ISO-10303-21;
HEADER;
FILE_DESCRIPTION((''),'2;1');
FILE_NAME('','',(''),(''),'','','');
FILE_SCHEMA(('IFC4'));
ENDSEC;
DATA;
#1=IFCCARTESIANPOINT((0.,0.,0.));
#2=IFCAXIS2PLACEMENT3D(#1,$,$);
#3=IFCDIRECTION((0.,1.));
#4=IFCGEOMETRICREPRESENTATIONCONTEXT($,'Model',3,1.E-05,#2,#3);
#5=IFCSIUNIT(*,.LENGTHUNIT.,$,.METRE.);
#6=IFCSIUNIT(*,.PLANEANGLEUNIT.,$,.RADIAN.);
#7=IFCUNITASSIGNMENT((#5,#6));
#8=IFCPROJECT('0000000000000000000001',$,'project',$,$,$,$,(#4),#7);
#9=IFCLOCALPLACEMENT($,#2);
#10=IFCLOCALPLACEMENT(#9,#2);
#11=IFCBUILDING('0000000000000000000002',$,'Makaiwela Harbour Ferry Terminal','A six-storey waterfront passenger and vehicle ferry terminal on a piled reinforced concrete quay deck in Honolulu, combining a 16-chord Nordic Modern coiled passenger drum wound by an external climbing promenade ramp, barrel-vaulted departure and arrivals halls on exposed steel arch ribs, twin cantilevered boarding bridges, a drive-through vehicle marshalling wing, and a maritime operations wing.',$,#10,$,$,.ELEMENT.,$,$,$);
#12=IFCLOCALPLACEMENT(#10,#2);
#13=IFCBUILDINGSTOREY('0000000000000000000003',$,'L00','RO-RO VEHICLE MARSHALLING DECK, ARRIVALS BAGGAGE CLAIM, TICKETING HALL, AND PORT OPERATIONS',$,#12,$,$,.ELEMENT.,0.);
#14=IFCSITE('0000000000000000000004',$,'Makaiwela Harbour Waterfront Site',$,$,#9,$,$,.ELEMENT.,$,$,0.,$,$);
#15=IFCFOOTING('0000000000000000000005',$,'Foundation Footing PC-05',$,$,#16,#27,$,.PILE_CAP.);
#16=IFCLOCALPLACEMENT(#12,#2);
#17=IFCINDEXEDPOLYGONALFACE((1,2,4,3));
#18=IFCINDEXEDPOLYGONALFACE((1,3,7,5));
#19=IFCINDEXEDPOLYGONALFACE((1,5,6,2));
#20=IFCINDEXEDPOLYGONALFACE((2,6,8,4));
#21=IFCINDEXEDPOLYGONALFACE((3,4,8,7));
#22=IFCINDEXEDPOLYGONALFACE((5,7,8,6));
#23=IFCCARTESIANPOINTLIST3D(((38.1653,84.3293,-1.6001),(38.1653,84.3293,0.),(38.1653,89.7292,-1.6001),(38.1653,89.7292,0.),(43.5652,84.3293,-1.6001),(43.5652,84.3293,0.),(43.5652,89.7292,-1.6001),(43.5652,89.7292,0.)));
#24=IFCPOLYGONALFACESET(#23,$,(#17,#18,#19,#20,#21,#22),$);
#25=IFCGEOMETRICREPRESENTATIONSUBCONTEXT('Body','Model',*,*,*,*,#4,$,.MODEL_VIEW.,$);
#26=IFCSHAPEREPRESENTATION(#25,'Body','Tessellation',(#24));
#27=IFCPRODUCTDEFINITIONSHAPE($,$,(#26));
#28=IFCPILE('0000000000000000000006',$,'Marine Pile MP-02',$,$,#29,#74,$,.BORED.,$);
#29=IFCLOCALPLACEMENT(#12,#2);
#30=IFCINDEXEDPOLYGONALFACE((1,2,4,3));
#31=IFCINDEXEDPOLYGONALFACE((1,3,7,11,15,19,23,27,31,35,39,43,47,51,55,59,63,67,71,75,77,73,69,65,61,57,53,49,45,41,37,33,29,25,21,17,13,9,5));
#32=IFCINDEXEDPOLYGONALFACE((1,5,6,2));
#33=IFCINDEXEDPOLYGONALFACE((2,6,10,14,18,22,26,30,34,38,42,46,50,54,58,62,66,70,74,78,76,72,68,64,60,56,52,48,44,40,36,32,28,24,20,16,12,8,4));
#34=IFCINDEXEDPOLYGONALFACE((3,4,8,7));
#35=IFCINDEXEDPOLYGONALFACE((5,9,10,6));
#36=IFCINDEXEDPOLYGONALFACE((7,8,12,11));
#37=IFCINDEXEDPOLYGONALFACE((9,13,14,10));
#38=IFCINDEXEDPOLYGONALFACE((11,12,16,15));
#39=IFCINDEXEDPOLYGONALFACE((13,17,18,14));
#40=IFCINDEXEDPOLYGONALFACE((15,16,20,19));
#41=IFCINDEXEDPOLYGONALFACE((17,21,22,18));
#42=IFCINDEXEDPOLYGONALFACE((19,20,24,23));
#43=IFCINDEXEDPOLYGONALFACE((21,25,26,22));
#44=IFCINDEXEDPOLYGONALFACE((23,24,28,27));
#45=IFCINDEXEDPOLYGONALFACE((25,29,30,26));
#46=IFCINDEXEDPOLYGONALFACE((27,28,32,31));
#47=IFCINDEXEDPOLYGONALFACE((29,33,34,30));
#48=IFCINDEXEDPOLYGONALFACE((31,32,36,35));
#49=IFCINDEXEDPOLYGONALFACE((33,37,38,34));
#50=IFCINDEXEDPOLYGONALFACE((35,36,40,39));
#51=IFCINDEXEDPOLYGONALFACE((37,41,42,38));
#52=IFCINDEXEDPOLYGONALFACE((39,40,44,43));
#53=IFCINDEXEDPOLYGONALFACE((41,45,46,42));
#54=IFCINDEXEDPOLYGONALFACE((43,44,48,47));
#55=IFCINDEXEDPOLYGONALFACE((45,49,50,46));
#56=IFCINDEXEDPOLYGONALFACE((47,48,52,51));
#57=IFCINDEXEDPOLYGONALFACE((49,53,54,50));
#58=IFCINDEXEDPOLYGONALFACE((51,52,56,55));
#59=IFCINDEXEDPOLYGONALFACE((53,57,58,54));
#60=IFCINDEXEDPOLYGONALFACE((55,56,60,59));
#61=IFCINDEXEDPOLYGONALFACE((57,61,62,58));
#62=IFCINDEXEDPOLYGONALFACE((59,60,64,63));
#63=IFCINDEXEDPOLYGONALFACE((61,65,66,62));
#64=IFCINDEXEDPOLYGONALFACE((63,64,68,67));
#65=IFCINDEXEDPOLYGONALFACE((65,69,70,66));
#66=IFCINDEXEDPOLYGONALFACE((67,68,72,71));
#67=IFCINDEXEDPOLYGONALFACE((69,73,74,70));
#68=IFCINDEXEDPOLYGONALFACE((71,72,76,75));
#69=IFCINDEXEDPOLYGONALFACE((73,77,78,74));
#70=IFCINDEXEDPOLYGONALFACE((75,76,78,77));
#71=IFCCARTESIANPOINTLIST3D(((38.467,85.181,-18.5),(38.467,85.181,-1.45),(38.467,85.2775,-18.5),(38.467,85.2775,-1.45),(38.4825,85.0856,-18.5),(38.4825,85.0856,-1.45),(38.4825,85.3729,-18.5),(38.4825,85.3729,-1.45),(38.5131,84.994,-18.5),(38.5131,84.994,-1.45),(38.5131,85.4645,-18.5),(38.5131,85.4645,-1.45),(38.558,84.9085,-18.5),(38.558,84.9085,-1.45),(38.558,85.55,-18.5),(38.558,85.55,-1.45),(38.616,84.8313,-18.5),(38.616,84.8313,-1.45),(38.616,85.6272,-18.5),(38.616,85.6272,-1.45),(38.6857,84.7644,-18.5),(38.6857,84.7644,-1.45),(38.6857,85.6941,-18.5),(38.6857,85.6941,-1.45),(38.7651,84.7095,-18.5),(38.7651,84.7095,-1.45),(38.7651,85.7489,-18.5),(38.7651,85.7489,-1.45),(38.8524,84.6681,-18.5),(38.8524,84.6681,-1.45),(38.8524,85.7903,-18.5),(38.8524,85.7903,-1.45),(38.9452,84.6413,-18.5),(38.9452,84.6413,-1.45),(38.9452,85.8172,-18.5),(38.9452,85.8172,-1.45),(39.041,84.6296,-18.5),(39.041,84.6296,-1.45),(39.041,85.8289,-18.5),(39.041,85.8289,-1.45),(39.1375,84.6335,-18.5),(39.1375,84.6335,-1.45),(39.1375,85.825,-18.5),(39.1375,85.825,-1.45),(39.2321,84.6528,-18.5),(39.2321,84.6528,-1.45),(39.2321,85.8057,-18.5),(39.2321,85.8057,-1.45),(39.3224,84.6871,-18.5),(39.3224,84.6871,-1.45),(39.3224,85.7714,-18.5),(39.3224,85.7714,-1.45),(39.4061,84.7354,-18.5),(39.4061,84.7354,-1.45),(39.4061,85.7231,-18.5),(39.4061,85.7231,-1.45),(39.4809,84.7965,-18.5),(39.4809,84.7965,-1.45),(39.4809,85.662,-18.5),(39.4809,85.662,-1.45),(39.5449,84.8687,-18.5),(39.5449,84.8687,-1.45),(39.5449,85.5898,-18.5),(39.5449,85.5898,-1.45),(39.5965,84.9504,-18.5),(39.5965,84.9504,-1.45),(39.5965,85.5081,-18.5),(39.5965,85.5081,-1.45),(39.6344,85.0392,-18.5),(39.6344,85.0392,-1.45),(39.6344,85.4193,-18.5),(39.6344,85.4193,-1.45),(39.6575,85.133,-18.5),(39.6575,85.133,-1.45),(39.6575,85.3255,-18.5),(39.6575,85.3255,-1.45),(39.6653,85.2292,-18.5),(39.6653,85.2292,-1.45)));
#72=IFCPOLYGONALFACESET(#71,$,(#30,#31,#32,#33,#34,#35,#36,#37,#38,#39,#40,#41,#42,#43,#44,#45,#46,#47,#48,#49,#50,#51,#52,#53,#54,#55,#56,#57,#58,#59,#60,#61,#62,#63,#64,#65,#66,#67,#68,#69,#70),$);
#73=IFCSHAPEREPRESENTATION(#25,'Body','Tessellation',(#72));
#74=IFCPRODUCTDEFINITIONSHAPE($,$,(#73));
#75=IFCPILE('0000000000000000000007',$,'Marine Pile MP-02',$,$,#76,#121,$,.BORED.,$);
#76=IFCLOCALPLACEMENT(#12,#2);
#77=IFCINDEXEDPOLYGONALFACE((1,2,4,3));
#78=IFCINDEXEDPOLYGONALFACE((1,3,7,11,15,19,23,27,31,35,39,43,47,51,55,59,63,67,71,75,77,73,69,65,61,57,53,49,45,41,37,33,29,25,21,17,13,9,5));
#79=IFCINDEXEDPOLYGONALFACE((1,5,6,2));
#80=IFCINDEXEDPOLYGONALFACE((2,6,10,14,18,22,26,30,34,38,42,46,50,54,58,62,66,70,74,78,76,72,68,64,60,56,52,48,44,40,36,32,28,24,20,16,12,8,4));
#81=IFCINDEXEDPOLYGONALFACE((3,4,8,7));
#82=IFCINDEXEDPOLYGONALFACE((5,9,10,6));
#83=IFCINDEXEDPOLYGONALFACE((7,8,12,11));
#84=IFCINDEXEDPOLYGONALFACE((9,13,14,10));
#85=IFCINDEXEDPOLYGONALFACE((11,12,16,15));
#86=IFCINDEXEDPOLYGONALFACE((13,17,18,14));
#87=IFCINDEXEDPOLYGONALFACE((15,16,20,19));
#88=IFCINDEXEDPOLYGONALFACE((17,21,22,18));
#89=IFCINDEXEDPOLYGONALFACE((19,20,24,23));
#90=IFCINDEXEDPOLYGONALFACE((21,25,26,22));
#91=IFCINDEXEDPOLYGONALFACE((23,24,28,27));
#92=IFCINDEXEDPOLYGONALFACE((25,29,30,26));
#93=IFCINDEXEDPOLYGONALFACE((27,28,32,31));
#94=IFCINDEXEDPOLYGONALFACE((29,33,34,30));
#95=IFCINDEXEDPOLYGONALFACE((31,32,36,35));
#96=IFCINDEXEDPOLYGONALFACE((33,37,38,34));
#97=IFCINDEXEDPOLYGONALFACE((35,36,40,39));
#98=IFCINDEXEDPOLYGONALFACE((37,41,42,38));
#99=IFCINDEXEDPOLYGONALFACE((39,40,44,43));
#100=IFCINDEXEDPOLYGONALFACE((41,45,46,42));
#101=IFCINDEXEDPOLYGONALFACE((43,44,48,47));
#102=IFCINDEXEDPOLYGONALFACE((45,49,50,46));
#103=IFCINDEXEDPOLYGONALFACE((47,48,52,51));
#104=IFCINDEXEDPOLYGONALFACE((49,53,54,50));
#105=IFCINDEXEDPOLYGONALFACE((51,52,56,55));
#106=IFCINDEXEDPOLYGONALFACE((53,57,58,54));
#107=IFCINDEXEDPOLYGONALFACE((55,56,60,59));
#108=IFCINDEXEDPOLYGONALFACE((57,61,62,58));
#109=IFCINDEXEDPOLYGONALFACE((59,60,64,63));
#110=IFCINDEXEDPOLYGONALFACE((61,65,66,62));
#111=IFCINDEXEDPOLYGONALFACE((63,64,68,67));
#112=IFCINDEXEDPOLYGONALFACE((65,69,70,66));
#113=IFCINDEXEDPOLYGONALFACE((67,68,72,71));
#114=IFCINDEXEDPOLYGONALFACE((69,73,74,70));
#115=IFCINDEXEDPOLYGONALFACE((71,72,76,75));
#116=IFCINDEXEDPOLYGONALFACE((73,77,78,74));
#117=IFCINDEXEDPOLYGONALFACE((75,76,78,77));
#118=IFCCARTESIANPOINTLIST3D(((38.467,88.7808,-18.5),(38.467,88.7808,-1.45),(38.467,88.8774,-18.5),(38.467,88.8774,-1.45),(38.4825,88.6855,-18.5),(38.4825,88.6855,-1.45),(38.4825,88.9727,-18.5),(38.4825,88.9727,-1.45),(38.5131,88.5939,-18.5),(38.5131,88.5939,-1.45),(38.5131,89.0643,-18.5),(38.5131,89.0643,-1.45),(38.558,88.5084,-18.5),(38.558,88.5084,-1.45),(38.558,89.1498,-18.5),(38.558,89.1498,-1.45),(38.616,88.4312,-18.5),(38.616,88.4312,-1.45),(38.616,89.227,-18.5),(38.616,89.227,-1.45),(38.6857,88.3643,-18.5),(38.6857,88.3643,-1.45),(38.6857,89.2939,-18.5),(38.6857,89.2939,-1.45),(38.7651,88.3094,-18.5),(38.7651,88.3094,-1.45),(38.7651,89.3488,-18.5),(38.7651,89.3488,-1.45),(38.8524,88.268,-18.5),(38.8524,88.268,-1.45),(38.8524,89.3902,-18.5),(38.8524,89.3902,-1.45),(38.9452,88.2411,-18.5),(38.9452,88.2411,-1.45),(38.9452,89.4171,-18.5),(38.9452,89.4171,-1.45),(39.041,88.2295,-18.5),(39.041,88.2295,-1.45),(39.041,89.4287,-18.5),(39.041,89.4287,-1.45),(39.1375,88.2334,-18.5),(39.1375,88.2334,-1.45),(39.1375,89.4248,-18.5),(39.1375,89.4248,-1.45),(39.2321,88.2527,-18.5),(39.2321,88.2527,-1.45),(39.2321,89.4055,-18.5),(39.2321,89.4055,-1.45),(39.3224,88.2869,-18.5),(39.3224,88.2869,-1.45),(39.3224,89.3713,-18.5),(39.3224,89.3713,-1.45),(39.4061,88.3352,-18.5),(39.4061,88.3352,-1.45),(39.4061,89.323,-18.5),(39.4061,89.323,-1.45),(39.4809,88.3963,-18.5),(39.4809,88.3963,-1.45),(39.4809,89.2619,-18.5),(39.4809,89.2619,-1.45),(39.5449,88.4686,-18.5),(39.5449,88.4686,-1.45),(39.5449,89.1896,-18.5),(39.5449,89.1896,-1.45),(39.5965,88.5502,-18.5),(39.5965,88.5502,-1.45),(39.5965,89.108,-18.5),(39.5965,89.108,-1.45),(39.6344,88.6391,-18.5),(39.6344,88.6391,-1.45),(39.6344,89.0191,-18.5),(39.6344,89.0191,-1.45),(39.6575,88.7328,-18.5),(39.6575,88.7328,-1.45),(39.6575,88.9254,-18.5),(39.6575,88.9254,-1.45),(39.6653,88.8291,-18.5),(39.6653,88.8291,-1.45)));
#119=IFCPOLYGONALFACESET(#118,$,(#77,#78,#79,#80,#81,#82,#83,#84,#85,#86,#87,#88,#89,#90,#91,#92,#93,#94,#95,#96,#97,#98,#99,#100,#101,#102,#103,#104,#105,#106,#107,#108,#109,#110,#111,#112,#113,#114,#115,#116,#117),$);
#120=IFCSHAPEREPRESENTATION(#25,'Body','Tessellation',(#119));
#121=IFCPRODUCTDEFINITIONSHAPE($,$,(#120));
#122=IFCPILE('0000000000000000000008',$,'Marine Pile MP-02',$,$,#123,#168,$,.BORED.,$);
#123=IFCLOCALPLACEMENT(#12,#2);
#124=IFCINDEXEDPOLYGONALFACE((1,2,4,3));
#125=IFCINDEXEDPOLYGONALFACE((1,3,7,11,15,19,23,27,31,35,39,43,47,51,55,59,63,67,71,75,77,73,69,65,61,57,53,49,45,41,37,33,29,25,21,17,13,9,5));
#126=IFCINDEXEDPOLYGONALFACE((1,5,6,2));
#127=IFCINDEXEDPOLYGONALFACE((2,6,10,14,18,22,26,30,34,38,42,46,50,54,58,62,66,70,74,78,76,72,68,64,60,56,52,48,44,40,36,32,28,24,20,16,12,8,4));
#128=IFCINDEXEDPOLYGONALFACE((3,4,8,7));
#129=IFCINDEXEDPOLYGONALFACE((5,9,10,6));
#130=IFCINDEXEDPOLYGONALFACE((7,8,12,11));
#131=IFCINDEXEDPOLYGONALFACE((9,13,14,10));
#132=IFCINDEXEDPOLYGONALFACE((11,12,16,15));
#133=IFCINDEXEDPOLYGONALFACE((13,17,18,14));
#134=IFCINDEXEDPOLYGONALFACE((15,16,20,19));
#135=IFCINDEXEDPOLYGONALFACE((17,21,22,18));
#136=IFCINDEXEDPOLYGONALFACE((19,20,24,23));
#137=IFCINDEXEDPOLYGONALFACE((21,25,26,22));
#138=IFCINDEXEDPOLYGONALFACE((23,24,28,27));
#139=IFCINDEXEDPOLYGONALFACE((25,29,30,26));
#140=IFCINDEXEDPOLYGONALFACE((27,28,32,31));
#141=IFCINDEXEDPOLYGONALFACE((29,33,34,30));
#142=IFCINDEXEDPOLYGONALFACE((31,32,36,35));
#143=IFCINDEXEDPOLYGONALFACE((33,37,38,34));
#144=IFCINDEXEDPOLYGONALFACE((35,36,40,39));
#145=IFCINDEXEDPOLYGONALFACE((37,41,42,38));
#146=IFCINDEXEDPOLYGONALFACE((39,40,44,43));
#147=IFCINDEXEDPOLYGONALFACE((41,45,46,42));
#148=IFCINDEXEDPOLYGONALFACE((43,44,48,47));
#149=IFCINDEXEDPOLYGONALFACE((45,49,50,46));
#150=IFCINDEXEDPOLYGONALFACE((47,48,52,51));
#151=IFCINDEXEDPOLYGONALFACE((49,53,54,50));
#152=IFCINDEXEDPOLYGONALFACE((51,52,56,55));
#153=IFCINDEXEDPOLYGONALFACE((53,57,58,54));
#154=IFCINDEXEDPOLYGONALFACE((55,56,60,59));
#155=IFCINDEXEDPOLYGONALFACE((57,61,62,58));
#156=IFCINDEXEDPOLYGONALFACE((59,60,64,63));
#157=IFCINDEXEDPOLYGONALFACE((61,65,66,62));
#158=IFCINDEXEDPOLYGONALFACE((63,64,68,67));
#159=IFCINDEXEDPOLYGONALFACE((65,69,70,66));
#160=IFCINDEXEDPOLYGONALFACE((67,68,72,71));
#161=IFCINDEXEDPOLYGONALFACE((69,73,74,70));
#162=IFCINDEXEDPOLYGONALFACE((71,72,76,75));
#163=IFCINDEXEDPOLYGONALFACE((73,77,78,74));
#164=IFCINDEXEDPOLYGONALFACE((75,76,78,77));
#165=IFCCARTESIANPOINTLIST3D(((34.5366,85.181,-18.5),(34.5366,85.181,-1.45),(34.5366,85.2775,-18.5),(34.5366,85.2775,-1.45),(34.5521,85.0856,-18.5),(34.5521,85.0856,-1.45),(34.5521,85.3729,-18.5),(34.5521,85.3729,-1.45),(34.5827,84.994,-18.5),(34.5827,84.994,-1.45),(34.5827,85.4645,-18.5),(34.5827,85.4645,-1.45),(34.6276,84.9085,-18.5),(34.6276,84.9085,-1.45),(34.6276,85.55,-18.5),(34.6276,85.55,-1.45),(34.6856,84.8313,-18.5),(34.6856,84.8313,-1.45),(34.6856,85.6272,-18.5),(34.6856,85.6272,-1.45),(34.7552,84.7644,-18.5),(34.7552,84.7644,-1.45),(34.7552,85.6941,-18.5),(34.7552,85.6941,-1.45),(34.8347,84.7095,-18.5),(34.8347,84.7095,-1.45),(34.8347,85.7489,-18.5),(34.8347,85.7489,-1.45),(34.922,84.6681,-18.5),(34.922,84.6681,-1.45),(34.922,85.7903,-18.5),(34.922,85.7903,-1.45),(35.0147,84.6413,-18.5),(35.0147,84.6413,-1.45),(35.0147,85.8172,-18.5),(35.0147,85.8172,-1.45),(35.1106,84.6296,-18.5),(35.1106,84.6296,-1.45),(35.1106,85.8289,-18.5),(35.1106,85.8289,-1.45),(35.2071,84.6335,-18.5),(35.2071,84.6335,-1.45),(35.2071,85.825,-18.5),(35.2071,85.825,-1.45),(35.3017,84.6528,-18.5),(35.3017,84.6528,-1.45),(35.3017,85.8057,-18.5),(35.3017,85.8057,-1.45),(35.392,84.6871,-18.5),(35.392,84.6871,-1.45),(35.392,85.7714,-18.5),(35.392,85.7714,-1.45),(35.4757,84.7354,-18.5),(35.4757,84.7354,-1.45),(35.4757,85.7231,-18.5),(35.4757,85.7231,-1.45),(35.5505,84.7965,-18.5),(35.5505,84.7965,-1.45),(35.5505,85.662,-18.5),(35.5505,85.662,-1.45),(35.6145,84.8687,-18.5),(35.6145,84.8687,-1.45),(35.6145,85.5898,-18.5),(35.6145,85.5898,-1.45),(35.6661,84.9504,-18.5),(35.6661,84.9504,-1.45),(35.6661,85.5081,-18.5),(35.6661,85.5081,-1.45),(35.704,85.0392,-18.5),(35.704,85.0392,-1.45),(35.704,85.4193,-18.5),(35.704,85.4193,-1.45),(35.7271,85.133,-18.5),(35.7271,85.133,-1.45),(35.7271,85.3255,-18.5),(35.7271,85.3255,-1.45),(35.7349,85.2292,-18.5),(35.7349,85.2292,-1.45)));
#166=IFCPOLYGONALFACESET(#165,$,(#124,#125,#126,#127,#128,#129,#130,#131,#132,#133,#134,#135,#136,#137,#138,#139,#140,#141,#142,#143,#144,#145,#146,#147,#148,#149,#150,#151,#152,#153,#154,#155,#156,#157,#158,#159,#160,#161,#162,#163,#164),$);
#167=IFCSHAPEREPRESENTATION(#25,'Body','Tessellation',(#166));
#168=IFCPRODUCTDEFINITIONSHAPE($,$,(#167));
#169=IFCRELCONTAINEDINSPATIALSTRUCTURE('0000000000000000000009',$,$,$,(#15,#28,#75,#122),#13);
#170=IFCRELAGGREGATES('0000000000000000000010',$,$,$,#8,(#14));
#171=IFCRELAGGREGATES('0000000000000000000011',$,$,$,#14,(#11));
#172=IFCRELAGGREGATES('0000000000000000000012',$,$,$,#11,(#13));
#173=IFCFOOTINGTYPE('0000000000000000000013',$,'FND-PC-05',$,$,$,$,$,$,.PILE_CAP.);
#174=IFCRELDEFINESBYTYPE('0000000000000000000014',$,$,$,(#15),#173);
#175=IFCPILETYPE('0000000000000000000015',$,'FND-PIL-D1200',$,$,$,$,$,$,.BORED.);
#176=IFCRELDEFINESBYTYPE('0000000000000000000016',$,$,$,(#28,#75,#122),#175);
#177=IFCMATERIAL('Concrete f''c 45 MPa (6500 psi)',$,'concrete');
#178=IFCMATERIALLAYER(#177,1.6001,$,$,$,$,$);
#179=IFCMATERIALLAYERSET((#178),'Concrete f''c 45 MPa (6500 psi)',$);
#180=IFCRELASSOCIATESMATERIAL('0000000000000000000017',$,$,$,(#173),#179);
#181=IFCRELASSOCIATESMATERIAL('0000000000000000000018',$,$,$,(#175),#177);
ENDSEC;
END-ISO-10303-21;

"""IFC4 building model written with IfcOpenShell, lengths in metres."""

from ifc_helpers import new_model, si_unit, direction, frame, origin, origin_2d, place, context, subcontext, project, spatial, rectangle, circle, extrude, material, layer, layer_set, material_profile, profile_set, type_object, element, save


model = new_model("IFC4")

# Units and contexts
model_context = context("Model", 3, precision=1e-05, world=origin(), true_north=direction((0.0, 1.0)))
body_context = subcontext(model_context, "Body", "Model", "MODEL_VIEW")
ifc_project = project(units=[si_unit("LENGTHUNIT", "METRE"), si_unit("PLANEANGLEUNIT", "RADIAN")], contexts=[model_context])

# Site, building, storey
site_placement = place(None, origin())
site = spatial("IfcSite", under=ifc_project, at=site_placement, Name="Makaiwela Harbour Waterfront Site", CompositionType="ELEMENT", RefElevation=0.0)
building_placement = place(site_placement, origin())
building = spatial("IfcBuilding", under=site, at=building_placement, Name="Makaiwela Harbour Ferry Terminal", Description="A six-storey waterfront passenger and vehicle ferry terminal on a piled reinforced concrete quay deck in Honolulu, combining a 16-chord Nordic Modern coiled passenger drum wound by an external climbing promenade ramp, barrel-vaulted departure and arrivals halls on exposed steel arch ribs, twin cantilevered boarding bridges, a drive-through vehicle marshalling wing, and a maritime operations wing.", CompositionType="ELEMENT")
storey_placement = place(building_placement, origin())
storey = spatial("IfcBuildingStorey", under=building, at=storey_placement, Name="L00", Description="RO-RO VEHICLE MARSHALLING DECK, ARRIVALS BAGGAGE CLAIM, TICKETING HALL, AND PORT OPERATIONS", CompositionType="ELEMENT", Elevation=0.0)

# Footing
ifc_material_1 = material(Name="Concrete f'c 45 MPa (6500 psi)", Category="concrete")
ifc_layer_1 = layer(ifc_material_1, 1.6001)
ifc_layer_set_1 = layer_set([ifc_layer_1], Name="Concrete f'c 45 MPa (6500 psi)")
footing_type = type_object("IfcFootingType", Name="FND-PC-05", PredefinedType="PILE_CAP", material=ifc_layer_set_1)
footing_placement = place(storey_placement, frame((40.8652, 87.0293, -1.6001), z_axis=(0.0, 0.0, 1.0), x_axis=(1.0, 0.0, 0.0)))
element("IfcFooting", 1, at=footing_placement, inside=storey, type_object=footing_type, Name="Foundation Footing PC-05", PredefinedType="PILE_CAP", context=body_context, shape_type="SweptSolid", body=[
    extrude(rectangle(XDim=5.3999, YDim=5.3999, at=origin_2d()), origin(), (0.0, 0.0, 1.0), 1.6001),
])

# Piles
ifc_material_profile_1 = material_profile(ifc_material_1, circle(Radius=0.6001, at=origin_2d()), Name="PILE-D1200")
ifc_profile_set_1 = profile_set([ifc_material_profile_1], Name="Concrete f'c 45 MPa (6500 psi)")
pile_type = type_object("IfcPileType", Name="FND-PIL-D1200", PredefinedType="BORED", material=ifc_profile_set_1)
for number, where, z_axis, x_axis, name in (
    (2, (39.0652, 85.2292, -1.45), (0.0, 0.0, -1.0), (1.0, 0.0, 0.0), "Marine Pile MP-02"),
    (3, (39.0652, 88.8291, -1.45), (0.0, 0.0, -1.0), (1.0, 0.0, 0.0), "Marine Pile MP-02"),
    (4, (35.1348, 85.2292, -1.45), (0.0, 0.0, -1.0), (1.0, 0.0, 0.0), "Marine Pile MP-02"),
):
    element("IfcPile", number, at=place(storey_placement, frame(where, z_axis=z_axis, x_axis=x_axis)), inside=storey, type_object=pile_type, Name=name, PredefinedType="BORED", context=body_context, shape_type="SweptSolid", body=[
        extrude(circle(Radius=0.6001, at=origin_2d()), origin(), (0.0, 0.0, 1.0), 17.05),
    ])

save(model, "model.ifc")
